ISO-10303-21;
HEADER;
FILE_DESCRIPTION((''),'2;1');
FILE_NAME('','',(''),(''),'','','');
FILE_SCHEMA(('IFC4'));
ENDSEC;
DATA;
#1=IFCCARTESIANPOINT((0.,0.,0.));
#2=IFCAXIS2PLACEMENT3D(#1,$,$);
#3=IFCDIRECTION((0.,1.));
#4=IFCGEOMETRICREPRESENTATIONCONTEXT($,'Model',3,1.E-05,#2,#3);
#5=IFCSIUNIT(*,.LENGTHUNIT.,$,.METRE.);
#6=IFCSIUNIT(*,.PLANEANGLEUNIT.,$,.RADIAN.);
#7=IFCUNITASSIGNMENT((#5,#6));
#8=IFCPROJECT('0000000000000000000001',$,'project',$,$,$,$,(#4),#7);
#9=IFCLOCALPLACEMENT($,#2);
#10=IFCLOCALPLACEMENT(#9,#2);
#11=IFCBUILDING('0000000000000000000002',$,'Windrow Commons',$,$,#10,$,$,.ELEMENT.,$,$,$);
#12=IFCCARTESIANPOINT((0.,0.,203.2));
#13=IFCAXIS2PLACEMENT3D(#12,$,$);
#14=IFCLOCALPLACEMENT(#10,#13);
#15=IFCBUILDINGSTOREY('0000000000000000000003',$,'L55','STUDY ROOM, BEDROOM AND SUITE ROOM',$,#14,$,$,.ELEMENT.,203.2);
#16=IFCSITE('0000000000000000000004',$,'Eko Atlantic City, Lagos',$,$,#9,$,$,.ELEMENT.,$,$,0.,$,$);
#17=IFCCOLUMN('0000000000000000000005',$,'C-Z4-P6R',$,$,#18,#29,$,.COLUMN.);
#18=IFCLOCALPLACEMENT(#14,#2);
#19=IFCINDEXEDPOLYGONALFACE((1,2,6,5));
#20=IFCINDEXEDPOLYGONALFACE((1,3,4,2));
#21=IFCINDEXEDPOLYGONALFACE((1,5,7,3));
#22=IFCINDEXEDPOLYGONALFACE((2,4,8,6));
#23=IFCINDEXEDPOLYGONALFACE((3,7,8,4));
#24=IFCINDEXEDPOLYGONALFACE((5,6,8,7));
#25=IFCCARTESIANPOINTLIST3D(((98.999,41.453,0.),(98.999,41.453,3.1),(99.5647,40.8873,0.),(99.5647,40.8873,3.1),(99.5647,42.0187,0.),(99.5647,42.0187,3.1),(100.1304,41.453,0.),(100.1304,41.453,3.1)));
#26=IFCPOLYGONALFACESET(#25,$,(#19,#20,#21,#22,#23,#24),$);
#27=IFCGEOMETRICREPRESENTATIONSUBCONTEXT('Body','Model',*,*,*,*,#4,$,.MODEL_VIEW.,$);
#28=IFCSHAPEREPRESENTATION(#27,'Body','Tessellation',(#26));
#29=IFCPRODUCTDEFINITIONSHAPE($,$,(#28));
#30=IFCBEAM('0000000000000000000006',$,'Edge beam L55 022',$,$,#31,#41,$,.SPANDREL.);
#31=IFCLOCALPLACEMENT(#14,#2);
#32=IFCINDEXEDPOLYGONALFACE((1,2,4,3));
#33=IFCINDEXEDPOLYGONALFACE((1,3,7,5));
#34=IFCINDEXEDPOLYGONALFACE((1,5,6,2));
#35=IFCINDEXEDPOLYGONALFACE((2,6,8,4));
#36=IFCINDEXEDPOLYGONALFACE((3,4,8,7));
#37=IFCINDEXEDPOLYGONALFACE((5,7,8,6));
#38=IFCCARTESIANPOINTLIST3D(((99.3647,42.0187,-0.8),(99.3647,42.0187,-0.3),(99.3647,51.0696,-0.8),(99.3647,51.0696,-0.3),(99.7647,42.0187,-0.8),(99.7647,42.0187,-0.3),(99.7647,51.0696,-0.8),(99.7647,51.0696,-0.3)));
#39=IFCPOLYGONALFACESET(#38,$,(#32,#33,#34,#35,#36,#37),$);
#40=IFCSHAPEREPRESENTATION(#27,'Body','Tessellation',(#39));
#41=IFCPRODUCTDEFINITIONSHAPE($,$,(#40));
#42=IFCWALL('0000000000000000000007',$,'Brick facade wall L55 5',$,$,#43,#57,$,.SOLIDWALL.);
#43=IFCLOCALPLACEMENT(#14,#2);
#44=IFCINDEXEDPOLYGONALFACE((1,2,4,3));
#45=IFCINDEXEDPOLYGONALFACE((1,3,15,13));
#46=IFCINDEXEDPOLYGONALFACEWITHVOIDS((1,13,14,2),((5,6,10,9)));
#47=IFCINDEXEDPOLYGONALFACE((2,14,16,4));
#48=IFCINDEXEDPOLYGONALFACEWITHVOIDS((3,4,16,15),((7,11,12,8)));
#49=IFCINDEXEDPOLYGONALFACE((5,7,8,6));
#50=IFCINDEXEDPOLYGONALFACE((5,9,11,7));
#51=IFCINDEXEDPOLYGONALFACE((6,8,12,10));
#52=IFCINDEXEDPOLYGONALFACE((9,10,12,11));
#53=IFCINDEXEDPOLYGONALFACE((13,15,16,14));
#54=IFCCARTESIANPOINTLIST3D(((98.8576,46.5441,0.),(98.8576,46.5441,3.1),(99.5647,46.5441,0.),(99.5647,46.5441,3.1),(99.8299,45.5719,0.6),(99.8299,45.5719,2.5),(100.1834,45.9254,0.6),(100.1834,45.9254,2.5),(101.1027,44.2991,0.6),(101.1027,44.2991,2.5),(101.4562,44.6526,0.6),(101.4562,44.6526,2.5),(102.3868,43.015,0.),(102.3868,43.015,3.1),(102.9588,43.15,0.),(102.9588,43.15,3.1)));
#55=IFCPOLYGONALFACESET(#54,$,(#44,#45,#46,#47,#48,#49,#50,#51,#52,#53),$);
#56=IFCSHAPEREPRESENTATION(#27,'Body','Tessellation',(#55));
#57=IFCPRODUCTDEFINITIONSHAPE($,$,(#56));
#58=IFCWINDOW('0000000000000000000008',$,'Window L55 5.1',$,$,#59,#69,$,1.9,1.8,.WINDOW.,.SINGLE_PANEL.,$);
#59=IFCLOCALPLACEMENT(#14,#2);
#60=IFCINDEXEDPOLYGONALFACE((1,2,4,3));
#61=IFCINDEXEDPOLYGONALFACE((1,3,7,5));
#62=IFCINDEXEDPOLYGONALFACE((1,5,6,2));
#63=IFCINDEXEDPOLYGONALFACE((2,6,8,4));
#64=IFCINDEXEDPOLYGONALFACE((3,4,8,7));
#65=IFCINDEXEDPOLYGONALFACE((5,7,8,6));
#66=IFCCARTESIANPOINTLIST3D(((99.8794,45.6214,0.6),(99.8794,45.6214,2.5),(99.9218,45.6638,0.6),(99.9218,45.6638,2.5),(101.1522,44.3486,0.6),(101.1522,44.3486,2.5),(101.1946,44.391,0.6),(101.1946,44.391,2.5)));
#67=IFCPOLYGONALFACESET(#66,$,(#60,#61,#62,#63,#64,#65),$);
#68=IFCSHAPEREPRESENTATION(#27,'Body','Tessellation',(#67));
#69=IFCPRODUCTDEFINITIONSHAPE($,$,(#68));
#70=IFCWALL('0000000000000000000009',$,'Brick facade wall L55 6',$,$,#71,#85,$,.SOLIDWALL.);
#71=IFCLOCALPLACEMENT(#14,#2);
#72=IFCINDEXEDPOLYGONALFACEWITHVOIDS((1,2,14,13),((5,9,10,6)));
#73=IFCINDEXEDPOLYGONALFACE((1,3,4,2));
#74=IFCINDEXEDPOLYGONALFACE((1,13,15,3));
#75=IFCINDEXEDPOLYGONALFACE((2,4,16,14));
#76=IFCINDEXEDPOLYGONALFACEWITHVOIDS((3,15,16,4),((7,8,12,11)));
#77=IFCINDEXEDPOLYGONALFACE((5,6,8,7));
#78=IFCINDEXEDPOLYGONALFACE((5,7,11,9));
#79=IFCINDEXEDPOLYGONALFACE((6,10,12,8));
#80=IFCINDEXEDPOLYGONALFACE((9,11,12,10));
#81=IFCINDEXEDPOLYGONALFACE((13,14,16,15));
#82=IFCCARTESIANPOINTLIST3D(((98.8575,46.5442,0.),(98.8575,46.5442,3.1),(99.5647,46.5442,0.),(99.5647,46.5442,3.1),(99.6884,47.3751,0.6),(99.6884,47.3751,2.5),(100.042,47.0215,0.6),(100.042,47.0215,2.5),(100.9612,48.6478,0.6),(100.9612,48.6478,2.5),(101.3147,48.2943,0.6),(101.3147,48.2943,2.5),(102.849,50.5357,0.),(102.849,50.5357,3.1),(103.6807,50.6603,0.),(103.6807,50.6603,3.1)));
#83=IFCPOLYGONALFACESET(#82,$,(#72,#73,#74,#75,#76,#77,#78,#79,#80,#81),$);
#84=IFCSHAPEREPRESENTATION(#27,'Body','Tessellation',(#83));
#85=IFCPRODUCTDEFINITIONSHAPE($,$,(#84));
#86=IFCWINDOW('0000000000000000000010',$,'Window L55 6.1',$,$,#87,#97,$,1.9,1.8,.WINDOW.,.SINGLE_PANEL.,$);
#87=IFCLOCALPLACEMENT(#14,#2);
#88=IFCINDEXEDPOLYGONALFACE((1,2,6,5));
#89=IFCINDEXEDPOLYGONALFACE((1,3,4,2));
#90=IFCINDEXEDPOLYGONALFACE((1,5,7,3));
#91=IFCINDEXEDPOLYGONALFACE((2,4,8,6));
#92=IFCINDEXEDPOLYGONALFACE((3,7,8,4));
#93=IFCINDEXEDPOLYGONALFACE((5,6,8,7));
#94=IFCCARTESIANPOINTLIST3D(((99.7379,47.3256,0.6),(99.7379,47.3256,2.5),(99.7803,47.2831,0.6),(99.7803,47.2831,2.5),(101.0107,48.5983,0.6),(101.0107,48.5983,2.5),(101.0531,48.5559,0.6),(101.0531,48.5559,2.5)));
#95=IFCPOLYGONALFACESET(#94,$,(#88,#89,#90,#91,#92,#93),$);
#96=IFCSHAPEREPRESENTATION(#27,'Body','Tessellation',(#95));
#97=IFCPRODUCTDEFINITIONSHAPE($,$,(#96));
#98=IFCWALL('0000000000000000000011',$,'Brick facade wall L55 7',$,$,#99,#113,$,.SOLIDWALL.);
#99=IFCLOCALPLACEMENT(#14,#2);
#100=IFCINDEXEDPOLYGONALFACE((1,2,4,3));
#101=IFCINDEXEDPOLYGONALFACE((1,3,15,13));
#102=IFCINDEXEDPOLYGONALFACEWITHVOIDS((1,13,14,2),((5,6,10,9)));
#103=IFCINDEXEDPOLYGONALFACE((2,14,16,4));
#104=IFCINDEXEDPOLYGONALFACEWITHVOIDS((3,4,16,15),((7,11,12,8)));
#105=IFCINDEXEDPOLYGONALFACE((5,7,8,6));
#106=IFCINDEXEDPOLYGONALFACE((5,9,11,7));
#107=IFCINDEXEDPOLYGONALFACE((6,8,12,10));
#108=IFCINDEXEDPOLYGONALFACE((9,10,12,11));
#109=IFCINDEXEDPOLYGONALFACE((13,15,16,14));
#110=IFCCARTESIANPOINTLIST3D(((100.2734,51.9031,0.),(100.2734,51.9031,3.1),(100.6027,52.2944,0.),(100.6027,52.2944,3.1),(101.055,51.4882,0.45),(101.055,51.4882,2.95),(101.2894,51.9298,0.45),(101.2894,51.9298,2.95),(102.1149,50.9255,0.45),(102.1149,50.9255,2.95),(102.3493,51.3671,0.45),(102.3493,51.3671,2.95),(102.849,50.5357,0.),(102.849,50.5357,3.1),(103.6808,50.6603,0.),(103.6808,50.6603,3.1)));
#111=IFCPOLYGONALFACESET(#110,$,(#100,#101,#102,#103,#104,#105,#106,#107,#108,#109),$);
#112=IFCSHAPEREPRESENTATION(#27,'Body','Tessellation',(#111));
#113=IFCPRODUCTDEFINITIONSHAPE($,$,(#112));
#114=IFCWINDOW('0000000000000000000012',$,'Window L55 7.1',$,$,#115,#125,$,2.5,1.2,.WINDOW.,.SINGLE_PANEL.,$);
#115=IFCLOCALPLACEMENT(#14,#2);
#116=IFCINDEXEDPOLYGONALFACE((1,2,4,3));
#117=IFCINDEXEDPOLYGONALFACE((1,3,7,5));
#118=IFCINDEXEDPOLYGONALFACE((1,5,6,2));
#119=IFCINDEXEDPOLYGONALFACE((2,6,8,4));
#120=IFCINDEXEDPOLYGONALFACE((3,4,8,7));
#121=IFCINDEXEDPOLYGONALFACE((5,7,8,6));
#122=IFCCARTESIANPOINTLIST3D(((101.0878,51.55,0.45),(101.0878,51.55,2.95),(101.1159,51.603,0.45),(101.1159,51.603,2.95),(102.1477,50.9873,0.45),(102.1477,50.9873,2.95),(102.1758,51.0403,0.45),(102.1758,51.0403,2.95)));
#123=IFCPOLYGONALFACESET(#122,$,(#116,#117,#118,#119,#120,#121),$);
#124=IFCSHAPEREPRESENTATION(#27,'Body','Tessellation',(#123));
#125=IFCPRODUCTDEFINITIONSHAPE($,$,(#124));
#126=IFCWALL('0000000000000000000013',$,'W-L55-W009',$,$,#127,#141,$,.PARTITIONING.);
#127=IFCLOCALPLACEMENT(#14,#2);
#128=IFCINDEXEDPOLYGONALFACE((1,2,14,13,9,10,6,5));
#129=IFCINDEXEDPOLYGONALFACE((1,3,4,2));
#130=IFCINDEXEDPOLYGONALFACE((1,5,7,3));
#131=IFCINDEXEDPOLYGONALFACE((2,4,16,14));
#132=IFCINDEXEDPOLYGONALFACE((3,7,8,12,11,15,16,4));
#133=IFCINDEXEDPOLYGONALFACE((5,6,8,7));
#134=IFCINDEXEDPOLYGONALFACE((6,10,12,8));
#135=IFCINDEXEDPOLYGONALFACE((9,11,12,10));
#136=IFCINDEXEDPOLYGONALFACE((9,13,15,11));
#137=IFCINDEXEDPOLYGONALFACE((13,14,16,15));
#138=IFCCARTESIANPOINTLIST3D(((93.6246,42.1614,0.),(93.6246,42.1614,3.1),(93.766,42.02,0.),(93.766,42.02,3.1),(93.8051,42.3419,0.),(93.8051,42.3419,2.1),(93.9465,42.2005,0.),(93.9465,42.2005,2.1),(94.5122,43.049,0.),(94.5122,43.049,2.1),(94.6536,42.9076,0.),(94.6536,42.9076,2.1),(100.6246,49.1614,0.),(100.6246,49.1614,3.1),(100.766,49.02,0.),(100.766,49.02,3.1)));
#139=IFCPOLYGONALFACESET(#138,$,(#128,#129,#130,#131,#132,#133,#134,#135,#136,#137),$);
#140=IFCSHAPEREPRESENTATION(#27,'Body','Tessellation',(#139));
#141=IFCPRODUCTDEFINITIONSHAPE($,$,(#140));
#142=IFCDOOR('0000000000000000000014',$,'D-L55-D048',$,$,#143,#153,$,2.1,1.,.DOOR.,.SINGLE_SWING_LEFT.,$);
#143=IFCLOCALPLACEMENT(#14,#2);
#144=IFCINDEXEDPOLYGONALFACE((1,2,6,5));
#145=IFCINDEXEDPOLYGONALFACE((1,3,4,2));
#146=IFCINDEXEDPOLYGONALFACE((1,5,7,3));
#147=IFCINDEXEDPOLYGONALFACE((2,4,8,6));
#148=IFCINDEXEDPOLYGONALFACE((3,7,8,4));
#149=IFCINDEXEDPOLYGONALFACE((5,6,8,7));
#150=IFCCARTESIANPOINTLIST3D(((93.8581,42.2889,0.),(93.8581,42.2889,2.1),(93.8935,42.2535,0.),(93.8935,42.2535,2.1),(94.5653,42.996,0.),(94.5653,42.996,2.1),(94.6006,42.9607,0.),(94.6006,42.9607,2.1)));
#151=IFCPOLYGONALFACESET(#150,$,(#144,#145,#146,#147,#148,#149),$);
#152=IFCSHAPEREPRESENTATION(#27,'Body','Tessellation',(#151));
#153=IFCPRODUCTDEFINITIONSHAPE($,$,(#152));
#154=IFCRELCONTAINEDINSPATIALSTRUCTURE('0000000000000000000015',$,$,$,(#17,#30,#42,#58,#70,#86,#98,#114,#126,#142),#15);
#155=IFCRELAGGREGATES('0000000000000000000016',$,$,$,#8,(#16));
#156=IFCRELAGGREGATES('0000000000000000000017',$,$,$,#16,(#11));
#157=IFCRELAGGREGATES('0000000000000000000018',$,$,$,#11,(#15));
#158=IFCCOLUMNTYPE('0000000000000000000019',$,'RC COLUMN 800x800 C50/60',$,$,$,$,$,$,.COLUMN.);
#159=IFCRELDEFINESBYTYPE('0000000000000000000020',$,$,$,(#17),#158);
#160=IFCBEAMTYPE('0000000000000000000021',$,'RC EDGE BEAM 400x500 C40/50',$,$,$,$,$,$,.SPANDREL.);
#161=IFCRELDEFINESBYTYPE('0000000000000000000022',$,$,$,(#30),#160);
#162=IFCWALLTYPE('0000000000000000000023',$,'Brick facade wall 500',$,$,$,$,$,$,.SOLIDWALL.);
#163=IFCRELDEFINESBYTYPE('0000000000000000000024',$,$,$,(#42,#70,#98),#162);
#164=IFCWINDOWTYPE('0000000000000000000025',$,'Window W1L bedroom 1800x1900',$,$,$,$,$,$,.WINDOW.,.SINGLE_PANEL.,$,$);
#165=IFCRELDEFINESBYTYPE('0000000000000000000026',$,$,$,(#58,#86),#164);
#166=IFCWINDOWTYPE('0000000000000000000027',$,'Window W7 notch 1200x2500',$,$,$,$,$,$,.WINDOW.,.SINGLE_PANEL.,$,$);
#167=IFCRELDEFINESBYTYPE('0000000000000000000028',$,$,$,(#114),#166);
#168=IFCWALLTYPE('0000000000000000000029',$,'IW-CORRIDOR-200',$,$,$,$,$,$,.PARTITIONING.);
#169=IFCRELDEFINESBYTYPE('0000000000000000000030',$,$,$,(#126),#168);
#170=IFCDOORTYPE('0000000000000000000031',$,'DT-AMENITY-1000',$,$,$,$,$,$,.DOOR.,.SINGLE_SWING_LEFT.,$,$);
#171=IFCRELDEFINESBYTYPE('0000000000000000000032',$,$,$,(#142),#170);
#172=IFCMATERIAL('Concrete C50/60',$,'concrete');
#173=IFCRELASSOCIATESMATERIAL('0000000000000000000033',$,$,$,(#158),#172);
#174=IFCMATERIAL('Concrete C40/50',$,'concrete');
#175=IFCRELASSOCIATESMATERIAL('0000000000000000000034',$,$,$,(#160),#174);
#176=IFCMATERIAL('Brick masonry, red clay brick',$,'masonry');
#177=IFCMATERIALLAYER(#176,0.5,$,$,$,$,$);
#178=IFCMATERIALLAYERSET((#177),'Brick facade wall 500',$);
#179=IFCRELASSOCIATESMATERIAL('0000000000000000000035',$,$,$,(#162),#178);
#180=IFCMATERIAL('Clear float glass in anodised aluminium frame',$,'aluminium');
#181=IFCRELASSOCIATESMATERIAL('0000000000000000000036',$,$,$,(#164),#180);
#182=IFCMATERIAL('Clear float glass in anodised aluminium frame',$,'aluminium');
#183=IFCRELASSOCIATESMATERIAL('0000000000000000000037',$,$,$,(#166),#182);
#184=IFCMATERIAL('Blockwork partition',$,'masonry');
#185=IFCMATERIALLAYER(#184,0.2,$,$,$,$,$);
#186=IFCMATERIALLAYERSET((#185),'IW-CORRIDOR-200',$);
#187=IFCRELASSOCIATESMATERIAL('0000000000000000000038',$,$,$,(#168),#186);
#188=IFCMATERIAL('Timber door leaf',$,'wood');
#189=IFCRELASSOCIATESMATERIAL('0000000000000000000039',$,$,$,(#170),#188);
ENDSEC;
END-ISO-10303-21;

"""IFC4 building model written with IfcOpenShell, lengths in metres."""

from ifc_helpers import new_model, si_unit, direction, frame, frame_2d, origin, origin_2d, place, context, subcontext, project, spatial, polyline, rectangle, outline, extrude, material, layer, layer_set, material_profile, profile_set, type_object, element, fill, save


model = new_model("IFC4")

# Units and contexts
model_context = context("Model", 3, precision=1e-05, world=origin(), true_north=direction((0.0, 1.0)))
body_context = subcontext(model_context, "Body", "Model", "MODEL_VIEW")
ifc_project = project(units=[si_unit("LENGTHUNIT", "METRE"), si_unit("PLANEANGLEUNIT", "RADIAN")], contexts=[model_context])

# Site, building, storey
site_placement = place(None, origin())
site = spatial("IfcSite", under=ifc_project, at=site_placement, Name="Eko Atlantic City, Lagos", CompositionType="ELEMENT", RefElevation=0.0)
building_placement = place(site_placement, origin())
building = spatial("IfcBuilding", under=site, at=building_placement, Name="Windrow Commons", CompositionType="ELEMENT")
storey_placement = place(building_placement, frame((0.0, 0.0, 203.2)))
storey = spatial("IfcBuildingStorey", under=building, at=storey_placement, Name="L55", Description="STUDY ROOM, BEDROOM AND SUITE ROOM", CompositionType="ELEMENT", Elevation=203.2)

# Column
ifc_material_1 = material(Name="Concrete C50/60", Category="concrete")
ifc_material_profile_1 = material_profile(ifc_material_1, rectangle(XDim=0.8, YDim=0.8, at=origin_2d()))
ifc_profile_set_1 = profile_set([ifc_material_profile_1], Name="Concrete C50/60")
column_type = type_object("IfcColumnType", Name="RC COLUMN 800x800 C50/60", PredefinedType="COLUMN", material=ifc_profile_set_1)
column_placement = place(storey_placement, frame((99.5647, 41.453, 0.0), z_axis=(0.0, 0.0, 1.0), x_axis=(0.707107, -0.707107, 0.0)))
element("IfcColumn", 1, at=column_placement, inside=storey, type_object=column_type, Name="C-Z4-P6R", PredefinedType="COLUMN", context=body_context, shape_type="SweptSolid", body=[
    extrude(rectangle(XDim=0.8, YDim=0.8, at=origin_2d()), origin(), (0.0, 0.0, 1.0), 3.1),
])

# Beam
ifc_material_2 = material(Name="Concrete C40/50", Category="concrete")
ifc_material_profile_2 = material_profile(ifc_material_2, rectangle(XDim=0.4, YDim=0.5, at=origin_2d()))
ifc_profile_set_2 = profile_set([ifc_material_profile_2], Name="Concrete C40/50")
beam_type = type_object("IfcBeamType", Name="RC EDGE BEAM 400x500 C40/50", PredefinedType="SPANDREL", material=ifc_profile_set_2)
beam_placement = place(storey_placement, frame((99.5647, 51.0696, -0.55), z_axis=(0.0, -1.0, 0.0), x_axis=(1.0, 0.0, 0.0)))
element("IfcBeam", 2, at=beam_placement, inside=storey, type_object=beam_type, Name="Edge beam L55 022", PredefinedType="SPANDREL", context=body_context, shape_type="SweptSolid", body=[
    extrude(rectangle(XDim=0.4, YDim=0.5, at=origin_2d()), origin(), (0.0, 0.0, 1.0), 9.0509),
])

# Walls, openings, windows
ifc_material_3 = material(Name="Brick masonry, red clay brick", Category="masonry")
ifc_layer_1 = layer(ifc_material_3, 0.5)
ifc_layer_set_1 = layer_set([ifc_layer_1], Name="Brick facade wall 500")
wall_type_1 = type_object("IfcWallType", Name="Brick facade wall 500", PredefinedType="SOLIDWALL", material=ifc_layer_set_1)
wall_1_placement = place(storey_placement, frame((102.6728, 43.0825, 0.0), z_axis=(0.0, 0.0, 1.0), x_axis=(-0.707107, 0.707107, 0.0)))
wall_1 = element("IfcWall", 3, at=wall_1_placement, inside=storey, type_object=wall_type_1, Name="Brick facade wall L55 5", PredefinedType="SOLIDWALL", context=body_context, shape_type="SweptSolid", body=[
    extrude(outline(polyline([(-0.1545, -0.25), (4.6455, -0.25), (5.1455, 0.25), (0.1545, 0.25), (-0.1545, -0.25)])), origin(), (0.0, 0.0, 1.0), 3.1),
])
opening_1_placement = place(wall_1_placement, frame((1.9705, 0.0, 0.6)))
opening_1 = element("IfcOpeningElement", 4, at=opening_1_placement, cuts=wall_1, PredefinedType="OPENING", context=body_context, shape_type="SweptSolid", body=[
    extrude(rectangle(XDim=1.8, YDim=1.9, at=frame_2d((0.9, 0.95))), frame((0.0, 0.26, 0.0), z_axis=(0.0, -1.0, 0.0), x_axis=(1.0, 0.0, 0.0)), (0.0, 0.0, 1.0), 0.52),
])
ifc_material_4 = material(Name="Clear float glass in anodised aluminium frame", Category="aluminium")
window_type_1 = type_object("IfcWindowType", Name="Window W1L bedroom 1800x1900", PartitioningType="SINGLE_PANEL", PredefinedType="WINDOW", material=ifc_material_4)
window_1_placement = place(opening_1_placement, origin())
window_1 = element("IfcWindow", 5, at=window_1_placement, inside=storey, type_object=window_type_1, Name="Window L55 5.1", OverallHeight=1.9, OverallWidth=1.8, PartitioningType="SINGLE_PANEL", PredefinedType="WINDOW", context=body_context, shape_type="SweptSolid", body=[
    extrude(rectangle(XDim=1.8, YDim=1.9, at=frame_2d((0.9, 0.95))), frame((0.0, 0.18, 0.0), z_axis=(0.0, -1.0, 0.0), x_axis=(1.0, 0.0, 0.0)), (0.0, 0.0, 1.0), 0.06),
])
fill(opening_1, window_1)
wall_2_placement = place(storey_placement, frame((99.2111, 46.5442, 0.0), z_axis=(0.0, 0.0, 1.0), x_axis=(0.707107, 0.707107, 0.0)))
wall_2 = element("IfcWall", 6, at=wall_2_placement, inside=storey, type_object=wall_type_1, Name="Brick facade wall L55 6", PredefinedType="SOLIDWALL", context=body_context, shape_type="SweptSolid", body=[
    extrude(outline(polyline([(0.25, -0.25), (6.071, -0.25), (5.3948, 0.25), (-0.25, 0.25), (0.25, -0.25)])), origin(), (0.0, 0.0, 1.0), 3.1),
])
opening_2_placement = place(wall_2_placement, frame((0.925, 0.0, 0.6)))
opening_2 = element("IfcOpeningElement", 7, at=opening_2_placement, cuts=wall_2, PredefinedType="OPENING", context=body_context, shape_type="SweptSolid", body=[
    extrude(rectangle(XDim=1.8, YDim=1.9, at=frame_2d((0.9, 0.95))), frame((0.0, 0.26, 0.0), z_axis=(0.0, -1.0, 0.0), x_axis=(1.0, 0.0, 0.0)), (0.0, 0.0, 1.0), 0.52),
])
window_2_placement = place(opening_2_placement, origin())
window_2 = element("IfcWindow", 8, at=window_2_placement, inside=storey, type_object=window_type_1, Name="Window L55 6.1", OverallHeight=1.9, OverallWidth=1.8, PartitioningType="SINGLE_PANEL", PredefinedType="WINDOW", context=body_context, shape_type="SweptSolid", body=[
    extrude(rectangle(XDim=1.8, YDim=1.9, at=frame_2d((0.9, 0.95))), frame((0.0, 0.18, 0.0), z_axis=(0.0, -1.0, 0.0), x_axis=(1.0, 0.0, 0.0)), (0.0, 0.0, 1.0), 0.06),
])
fill(opening_2, window_2)
wall_3_placement = place(storey_placement, frame((103.2649, 50.598, 0.0), z_axis=(0.0, 0.0, 1.0), x_axis=(-0.88325, 0.468902, 0.0)))
wall_3 = element("IfcWall", 9, at=wall_3_placement, inside=storey, type_object=wall_type_1, Name="Brick facade wall L55 7", PredefinedType="SOLIDWALL", context=body_context, shape_type="SweptSolid", body=[
    extrude(outline(polyline([(-0.3381, -0.25), (3.1468, -0.25), (3.2542, 0.25), (0.3381, 0.25), (-0.3381, -0.25)])), origin(), (0.0, 0.0, 1.0), 3.1),
])
opening_3_placement = place(wall_3_placement, frame((1.1693, 0.0, 0.45)))
opening_3 = element("IfcOpeningElement", 10, at=opening_3_placement, cuts=wall_3, PredefinedType="OPENING", context=body_context, shape_type="SweptSolid", body=[
    extrude(rectangle(XDim=1.2, YDim=2.5, at=frame_2d((0.6, 1.25))), frame((0.0, 0.26, 0.0), z_axis=(0.0, -1.0, 0.0), x_axis=(1.0, 0.0, 0.0)), (0.0, 0.0, 1.0), 0.52),
])
ifc_material_5 = material(Name="Clear float glass in anodised aluminium frame", Category="aluminium")
window_type_2 = type_object("IfcWindowType", Name="Window W7 notch 1200x2500", PartitioningType="SINGLE_PANEL", PredefinedType="WINDOW", material=ifc_material_5)
window_3_placement = place(opening_3_placement, origin())
window_3 = element("IfcWindow", 11, at=window_3_placement, inside=storey, type_object=window_type_2, Name="Window L55 7.1", OverallHeight=2.5, OverallWidth=1.2, PartitioningType="SINGLE_PANEL", PredefinedType="WINDOW", context=body_context, shape_type="SweptSolid", body=[
    extrude(rectangle(XDim=1.2, YDim=2.5, at=frame_2d((0.6, 1.25))), frame((0.0, 0.18, 0.0), z_axis=(0.0, -1.0, 0.0), x_axis=(1.0, 0.0, 0.0)), (0.0, 0.0, 1.0), 0.06),
])
fill(opening_3, window_3)

# Wall, opening, door
ifc_material_6 = material(Name="Blockwork partition", Category="masonry")
ifc_layer_2 = layer(ifc_material_6, 0.2)
ifc_layer_set_2 = layer_set([ifc_layer_2], Name="IW-CORRIDOR-200")
wall_type_2 = type_object("IfcWallType", Name="IW-CORRIDOR-200", PredefinedType="PARTITIONING", material=ifc_layer_set_2)
wall_4_placement = place(storey_placement, frame((93.6953, 42.0907, 0.0), z_axis=(0.0, 0.0, 1.0), x_axis=(0.707107, 0.707107, 0.0)))
wall_4 = element("IfcWall", 12, at=wall_4_placement, inside=storey, type_object=wall_type_2, Name="W-L55-W009", PredefinedType="PARTITIONING", context=body_context, shape_type="SweptSolid", body=[
    extrude(rectangle(XDim=9.8995, YDim=0.2, at=frame_2d((4.9497, 0.0))), origin(), (0.0, 0.0, 1.0), 3.1),
])
opening_4_placement = place(wall_4_placement, frame((0.2553, 0.0, 0.0)))
opening_4 = element("IfcOpeningElement", 13, at=opening_4_placement, cuts=wall_4, PredefinedType="OPENING", context=body_context, shape_type="SweptSolid", body=[
    extrude(rectangle(XDim=1.0, YDim=2.1, at=frame_2d((0.5, 1.05))), frame((0.0, 0.11, 0.0), z_axis=(0.0, -1.0, 0.0), x_axis=(1.0, 0.0, 0.0)), (0.0, 0.0, 1.0), 0.22),
])
ifc_material_7 = material(Name="Timber door leaf", Category="wood")
door_type_1 = type_object("IfcDoorType", Name="DT-AMENITY-1000", OperationType="SINGLE_SWING_LEFT", PredefinedType="DOOR", material=ifc_material_7)
door_1_placement = place(opening_4_placement, origin())
door_1 = element("IfcDoor", 14, at=door_1_placement, inside=storey, type_object=door_type_1, Name="D-L55-D048", OperationType="SINGLE_SWING_LEFT", OverallHeight=2.1, OverallWidth=1.0, PredefinedType="DOOR", context=body_context, shape_type="SweptSolid", body=[
    extrude(rectangle(XDim=1.0, YDim=2.1, at=frame_2d((0.5, 1.05))), frame((0.0, 0.025, 0.0), z_axis=(0.0, -1.0, 0.0), x_axis=(1.0, 0.0, 0.0)), (0.0, 0.0, 1.0), 0.05),
])
fill(opening_4, door_1)

save(model, "model.ifc")
